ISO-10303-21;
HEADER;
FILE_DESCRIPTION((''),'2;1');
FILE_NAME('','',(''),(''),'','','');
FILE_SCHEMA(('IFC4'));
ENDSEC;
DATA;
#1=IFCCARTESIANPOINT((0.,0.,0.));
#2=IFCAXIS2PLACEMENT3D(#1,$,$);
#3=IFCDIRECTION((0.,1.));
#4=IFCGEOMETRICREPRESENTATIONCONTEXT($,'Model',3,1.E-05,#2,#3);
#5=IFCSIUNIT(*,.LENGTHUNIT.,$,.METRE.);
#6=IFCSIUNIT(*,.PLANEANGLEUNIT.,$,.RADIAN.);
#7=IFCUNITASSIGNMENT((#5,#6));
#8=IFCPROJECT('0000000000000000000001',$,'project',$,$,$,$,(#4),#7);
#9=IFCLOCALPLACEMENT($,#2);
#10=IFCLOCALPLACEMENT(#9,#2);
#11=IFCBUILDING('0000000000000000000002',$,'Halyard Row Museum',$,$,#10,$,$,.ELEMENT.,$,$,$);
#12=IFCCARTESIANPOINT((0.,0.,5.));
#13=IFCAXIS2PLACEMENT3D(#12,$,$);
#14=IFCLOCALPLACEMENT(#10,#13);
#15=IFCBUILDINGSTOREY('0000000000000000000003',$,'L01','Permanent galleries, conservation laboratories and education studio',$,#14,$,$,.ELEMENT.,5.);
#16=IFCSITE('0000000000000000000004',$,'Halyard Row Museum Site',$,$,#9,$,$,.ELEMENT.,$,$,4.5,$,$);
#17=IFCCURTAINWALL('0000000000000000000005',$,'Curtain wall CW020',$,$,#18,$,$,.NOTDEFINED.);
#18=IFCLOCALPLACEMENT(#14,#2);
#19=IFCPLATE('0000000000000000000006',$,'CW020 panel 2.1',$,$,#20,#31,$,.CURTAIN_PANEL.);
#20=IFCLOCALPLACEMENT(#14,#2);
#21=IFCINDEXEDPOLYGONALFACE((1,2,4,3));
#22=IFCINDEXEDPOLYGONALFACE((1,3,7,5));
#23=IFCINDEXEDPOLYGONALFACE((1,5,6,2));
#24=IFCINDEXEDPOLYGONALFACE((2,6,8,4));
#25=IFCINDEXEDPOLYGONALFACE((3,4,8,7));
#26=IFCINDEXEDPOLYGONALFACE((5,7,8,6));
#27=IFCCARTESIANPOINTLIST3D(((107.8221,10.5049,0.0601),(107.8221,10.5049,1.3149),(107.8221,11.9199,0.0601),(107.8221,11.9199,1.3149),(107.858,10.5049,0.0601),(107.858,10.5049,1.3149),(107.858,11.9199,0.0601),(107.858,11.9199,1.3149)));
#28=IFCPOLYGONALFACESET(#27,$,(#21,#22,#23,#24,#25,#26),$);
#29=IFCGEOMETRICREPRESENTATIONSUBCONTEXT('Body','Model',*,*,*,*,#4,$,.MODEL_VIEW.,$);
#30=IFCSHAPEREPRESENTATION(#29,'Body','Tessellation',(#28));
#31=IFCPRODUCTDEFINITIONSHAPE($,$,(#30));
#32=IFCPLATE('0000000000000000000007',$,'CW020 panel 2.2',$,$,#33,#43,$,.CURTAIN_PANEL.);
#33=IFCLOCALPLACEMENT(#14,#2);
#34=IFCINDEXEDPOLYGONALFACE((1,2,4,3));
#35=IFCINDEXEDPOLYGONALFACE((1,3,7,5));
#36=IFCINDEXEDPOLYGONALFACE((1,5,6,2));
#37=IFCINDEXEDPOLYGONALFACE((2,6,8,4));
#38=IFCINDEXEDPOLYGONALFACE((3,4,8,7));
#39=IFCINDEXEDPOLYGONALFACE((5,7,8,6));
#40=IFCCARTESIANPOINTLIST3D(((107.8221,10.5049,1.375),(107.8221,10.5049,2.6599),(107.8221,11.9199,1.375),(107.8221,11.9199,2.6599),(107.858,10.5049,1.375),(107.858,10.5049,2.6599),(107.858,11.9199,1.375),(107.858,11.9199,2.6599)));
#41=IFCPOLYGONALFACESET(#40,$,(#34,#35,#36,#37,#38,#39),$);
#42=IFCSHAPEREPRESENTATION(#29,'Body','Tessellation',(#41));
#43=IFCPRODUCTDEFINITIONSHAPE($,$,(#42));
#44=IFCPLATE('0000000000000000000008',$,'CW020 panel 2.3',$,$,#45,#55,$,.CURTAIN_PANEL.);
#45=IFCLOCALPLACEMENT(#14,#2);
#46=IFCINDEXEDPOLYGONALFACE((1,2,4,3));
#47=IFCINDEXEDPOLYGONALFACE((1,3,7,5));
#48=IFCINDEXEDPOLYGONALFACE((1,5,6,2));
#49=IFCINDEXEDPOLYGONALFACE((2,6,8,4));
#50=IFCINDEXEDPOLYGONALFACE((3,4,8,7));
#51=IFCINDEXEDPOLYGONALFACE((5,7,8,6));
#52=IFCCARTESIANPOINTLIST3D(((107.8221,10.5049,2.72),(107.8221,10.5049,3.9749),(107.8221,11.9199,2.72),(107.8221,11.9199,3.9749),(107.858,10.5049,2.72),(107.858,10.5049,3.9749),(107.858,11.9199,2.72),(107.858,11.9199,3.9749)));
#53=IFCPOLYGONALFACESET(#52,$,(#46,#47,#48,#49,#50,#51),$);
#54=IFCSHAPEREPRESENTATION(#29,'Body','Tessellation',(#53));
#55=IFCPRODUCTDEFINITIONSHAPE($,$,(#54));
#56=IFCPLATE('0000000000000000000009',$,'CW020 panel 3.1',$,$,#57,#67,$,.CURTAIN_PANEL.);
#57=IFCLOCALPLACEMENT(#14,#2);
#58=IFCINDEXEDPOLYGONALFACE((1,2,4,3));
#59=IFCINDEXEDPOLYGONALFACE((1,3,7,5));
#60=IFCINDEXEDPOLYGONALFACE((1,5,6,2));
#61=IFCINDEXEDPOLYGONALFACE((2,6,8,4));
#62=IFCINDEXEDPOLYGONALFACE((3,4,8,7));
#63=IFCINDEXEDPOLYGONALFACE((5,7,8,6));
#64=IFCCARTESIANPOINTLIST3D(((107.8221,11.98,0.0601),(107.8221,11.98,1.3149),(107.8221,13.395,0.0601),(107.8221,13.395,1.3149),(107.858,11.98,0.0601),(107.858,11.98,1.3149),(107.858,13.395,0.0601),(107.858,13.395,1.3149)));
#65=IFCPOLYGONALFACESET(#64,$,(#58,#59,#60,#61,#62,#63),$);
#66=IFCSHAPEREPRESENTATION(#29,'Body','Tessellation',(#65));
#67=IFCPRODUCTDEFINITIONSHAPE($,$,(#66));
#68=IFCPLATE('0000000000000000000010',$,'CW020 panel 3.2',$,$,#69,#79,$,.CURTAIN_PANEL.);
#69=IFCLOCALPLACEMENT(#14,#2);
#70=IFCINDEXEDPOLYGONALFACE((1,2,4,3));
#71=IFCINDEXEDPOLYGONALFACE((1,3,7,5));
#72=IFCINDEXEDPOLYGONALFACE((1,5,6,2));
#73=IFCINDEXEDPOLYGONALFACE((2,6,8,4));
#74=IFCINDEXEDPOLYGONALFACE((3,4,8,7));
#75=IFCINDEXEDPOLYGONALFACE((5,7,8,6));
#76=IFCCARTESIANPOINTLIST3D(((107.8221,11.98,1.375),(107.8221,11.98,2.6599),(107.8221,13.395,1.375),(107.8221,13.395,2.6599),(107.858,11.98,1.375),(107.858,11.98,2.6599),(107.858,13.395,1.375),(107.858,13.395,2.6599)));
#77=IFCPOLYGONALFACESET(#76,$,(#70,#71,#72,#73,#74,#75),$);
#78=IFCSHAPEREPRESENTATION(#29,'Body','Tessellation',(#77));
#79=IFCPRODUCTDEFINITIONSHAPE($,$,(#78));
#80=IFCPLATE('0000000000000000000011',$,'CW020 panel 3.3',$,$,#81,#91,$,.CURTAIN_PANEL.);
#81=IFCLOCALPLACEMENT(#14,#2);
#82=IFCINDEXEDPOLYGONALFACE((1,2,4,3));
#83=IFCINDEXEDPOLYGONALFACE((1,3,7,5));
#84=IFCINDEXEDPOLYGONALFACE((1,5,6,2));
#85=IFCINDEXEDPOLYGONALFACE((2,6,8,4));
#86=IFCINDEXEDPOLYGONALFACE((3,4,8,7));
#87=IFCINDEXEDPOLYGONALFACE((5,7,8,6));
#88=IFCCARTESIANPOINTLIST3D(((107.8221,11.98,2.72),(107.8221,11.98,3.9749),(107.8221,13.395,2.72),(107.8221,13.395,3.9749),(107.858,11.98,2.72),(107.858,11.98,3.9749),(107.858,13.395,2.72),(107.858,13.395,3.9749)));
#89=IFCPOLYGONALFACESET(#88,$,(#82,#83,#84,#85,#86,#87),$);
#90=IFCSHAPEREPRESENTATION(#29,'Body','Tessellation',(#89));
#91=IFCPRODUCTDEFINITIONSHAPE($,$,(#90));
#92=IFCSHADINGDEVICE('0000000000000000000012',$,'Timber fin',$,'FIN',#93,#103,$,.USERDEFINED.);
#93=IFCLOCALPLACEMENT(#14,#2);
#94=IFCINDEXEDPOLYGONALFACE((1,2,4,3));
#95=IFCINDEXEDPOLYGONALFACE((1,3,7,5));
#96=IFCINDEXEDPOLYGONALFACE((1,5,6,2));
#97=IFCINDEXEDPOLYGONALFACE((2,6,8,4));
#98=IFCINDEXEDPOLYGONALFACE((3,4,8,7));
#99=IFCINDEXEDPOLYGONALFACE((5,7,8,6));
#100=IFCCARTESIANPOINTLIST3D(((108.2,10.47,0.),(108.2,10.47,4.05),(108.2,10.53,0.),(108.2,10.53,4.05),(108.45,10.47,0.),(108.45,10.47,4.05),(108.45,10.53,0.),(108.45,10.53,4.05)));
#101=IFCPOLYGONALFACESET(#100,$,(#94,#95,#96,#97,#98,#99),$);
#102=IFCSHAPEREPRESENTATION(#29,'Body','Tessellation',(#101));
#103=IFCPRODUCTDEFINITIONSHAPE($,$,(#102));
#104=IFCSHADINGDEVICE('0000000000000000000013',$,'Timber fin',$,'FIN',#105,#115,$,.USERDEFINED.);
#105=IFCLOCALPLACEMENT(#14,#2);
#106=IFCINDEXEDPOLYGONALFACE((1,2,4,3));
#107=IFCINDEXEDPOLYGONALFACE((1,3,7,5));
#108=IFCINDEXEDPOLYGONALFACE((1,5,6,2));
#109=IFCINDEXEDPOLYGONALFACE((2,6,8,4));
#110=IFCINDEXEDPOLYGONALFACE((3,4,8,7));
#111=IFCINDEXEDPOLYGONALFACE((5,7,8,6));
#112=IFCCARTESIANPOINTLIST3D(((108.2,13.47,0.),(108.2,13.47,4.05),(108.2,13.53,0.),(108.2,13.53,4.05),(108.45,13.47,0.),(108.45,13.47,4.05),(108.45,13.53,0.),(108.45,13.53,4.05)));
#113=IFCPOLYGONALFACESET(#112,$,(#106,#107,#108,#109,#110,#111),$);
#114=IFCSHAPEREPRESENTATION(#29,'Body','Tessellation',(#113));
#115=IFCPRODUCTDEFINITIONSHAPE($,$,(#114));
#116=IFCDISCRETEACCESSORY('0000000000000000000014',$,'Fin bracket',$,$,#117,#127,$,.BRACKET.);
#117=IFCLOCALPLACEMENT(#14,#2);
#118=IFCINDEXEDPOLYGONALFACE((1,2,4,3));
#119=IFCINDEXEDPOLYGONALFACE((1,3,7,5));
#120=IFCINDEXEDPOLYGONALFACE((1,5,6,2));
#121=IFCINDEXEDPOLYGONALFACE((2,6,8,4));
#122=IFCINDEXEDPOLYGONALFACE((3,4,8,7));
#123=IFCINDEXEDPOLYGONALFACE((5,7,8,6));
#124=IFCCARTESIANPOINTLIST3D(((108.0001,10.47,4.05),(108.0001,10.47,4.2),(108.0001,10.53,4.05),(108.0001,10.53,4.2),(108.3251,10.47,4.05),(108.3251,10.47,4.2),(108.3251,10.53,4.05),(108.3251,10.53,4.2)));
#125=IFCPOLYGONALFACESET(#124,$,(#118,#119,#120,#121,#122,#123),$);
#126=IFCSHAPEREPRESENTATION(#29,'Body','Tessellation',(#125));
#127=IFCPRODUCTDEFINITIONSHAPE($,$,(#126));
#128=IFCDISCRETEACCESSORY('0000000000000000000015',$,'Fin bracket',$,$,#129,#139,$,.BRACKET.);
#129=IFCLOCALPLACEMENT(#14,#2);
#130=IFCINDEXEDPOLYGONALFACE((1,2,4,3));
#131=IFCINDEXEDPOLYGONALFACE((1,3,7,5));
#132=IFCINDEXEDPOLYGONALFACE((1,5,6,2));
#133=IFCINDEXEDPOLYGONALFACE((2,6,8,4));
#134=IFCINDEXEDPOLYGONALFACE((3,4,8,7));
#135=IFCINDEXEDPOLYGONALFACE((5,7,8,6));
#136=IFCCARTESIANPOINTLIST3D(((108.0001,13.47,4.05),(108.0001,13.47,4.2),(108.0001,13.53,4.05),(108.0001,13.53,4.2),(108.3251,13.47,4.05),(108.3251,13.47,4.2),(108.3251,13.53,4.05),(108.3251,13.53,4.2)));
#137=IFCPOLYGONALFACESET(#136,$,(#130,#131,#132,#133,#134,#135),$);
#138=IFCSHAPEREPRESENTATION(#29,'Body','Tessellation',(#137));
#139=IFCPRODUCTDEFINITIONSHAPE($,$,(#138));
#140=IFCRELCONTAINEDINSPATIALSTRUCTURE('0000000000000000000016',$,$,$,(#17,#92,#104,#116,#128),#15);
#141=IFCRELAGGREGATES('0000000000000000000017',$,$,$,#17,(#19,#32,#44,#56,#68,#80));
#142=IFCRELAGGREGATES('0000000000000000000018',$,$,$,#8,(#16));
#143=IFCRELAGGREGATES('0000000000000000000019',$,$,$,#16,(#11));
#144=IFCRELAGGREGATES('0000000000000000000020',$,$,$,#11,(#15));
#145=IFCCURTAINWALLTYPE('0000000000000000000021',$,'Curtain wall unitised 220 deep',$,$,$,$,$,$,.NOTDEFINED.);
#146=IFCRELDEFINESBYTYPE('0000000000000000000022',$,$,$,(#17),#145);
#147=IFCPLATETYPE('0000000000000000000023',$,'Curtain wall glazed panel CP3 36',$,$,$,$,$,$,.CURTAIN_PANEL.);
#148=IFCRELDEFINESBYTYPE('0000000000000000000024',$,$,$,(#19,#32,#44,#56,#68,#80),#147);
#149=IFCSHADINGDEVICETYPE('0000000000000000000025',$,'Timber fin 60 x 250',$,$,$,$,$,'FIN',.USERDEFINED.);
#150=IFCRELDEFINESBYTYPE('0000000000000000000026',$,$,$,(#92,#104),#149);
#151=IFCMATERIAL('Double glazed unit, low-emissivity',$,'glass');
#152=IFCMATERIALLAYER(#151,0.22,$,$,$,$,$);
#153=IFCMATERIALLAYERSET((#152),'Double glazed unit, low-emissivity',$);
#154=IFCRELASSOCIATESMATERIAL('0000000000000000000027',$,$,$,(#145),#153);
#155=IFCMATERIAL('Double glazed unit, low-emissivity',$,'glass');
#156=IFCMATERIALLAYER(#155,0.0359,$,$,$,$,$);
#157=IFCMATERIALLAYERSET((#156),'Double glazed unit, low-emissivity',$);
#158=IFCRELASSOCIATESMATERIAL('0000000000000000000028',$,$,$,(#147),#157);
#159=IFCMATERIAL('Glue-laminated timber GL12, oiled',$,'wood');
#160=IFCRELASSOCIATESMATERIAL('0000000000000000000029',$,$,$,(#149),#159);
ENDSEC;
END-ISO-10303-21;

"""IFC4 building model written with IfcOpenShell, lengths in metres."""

from ifc_helpers import new_model, si_unit, direction, frame, origin, origin_2d, place, context, subcontext, project, spatial, rectangle, extrude, material, layer, layer_set, type_object, element, aggregate, save


model = new_model("IFC4")

# Units and contexts
model_context = context("Model", 3, precision=1e-05, world=origin(), true_north=direction((0.0, 1.0)))
body_context = subcontext(model_context, "Body", "Model", "MODEL_VIEW")
ifc_project = project(units=[si_unit("LENGTHUNIT", "METRE"), si_unit("PLANEANGLEUNIT", "RADIAN")], contexts=[model_context])

# Site, building, storey
site_placement = place(None, origin())
site = spatial("IfcSite", under=ifc_project, at=site_placement, Name="Halyard Row Museum Site", CompositionType="ELEMENT", RefElevation=4.5)
building_placement = place(site_placement, origin())
building = spatial("IfcBuilding", under=site, at=building_placement, Name="Halyard Row Museum", CompositionType="ELEMENT")
storey_placement = place(building_placement, frame((0.0, 0.0, 5.0)))
storey = spatial("IfcBuildingStorey", under=building, at=storey_placement, Name="L01", Description="Permanent galleries, conservation laboratories and education studio", CompositionType="ELEMENT", Elevation=5.0)

# Curtain wall, plates
ifc_material_1 = material(Name="Double glazed unit, low-emissivity", Category="glass")
ifc_layer_1 = layer(ifc_material_1, 0.22)
ifc_layer_set_1 = layer_set([ifc_layer_1], Name="Double glazed unit, low-emissivity")
curtain_wall_type = type_object("IfcCurtainWallType", Name="Curtain wall unitised 220 deep", PredefinedType="NOTDEFINED", material=ifc_layer_set_1)
curtain_wall_placement = place(storey_placement, origin())
curtain_wall = element("IfcCurtainWall", 1, at=curtain_wall_placement, inside=storey, type_object=curtain_wall_type, Name="Curtain wall CW020", PredefinedType="NOTDEFINED")
ifc_material_2 = material(Name="Double glazed unit, low-emissivity", Category="glass")
ifc_layer_2 = layer(ifc_material_2, 0.0359)
ifc_layer_set_2 = layer_set([ifc_layer_2], Name="Double glazed unit, low-emissivity")
plate_type = type_object("IfcPlateType", Name="Curtain wall glazed panel CP3 36", PredefinedType="CURTAIN_PANEL", material=ifc_layer_set_2)
plate_1_placement = place(storey_placement, frame((107.8401, 11.2124, 0.0601), z_axis=(0.0, 0.0, 1.0), x_axis=(0.0, 1.0, 0.0)))
plate_1 = element("IfcPlate", 2, at=plate_1_placement, type_object=plate_type, Name="CW020 panel 2.1", PredefinedType="CURTAIN_PANEL", context=body_context, shape_type="SweptSolid", body=[
    extrude(rectangle(XDim=1.415, YDim=0.0359, at=origin_2d()), origin(), (0.0, 0.0, 1.0), 1.2549),
])
plate_2_placement = place(storey_placement, frame((107.8401, 11.2124, 1.375), z_axis=(0.0, 0.0, 1.0), x_axis=(0.0, 1.0, 0.0)))
plate_2 = element("IfcPlate", 3, at=plate_2_placement, type_object=plate_type, Name="CW020 panel 2.2", PredefinedType="CURTAIN_PANEL", context=body_context, shape_type="SweptSolid", body=[
    extrude(rectangle(XDim=1.415, YDim=0.0359, at=origin_2d()), origin(), (0.0, 0.0, 1.0), 1.2849),
])
plate_3_placement = place(storey_placement, frame((107.8401, 11.2124, 2.72), z_axis=(0.0, 0.0, 1.0), x_axis=(0.0, 1.0, 0.0)))
plate_3 = element("IfcPlate", 4, at=plate_3_placement, type_object=plate_type, Name="CW020 panel 2.3", PredefinedType="CURTAIN_PANEL", context=body_context, shape_type="SweptSolid", body=[
    extrude(rectangle(XDim=1.415, YDim=0.0359, at=origin_2d()), origin(), (0.0, 0.0, 1.0), 1.2549),
])
plate_4_placement = place(storey_placement, frame((107.8401, 12.6875, 0.0601), z_axis=(0.0, 0.0, 1.0), x_axis=(0.0, 1.0, 0.0)))
plate_4 = element("IfcPlate", 5, at=plate_4_placement, type_object=plate_type, Name="CW020 panel 3.1", PredefinedType="CURTAIN_PANEL", context=body_context, shape_type="SweptSolid", body=[
    extrude(rectangle(XDim=1.415, YDim=0.0359, at=origin_2d()), origin(), (0.0, 0.0, 1.0), 1.2549),
])
plate_5_placement = place(storey_placement, frame((107.8401, 12.6875, 1.375), z_axis=(0.0, 0.0, 1.0), x_axis=(0.0, 1.0, 0.0)))
plate_5 = element("IfcPlate", 6, at=plate_5_placement, type_object=plate_type, Name="CW020 panel 3.2", PredefinedType="CURTAIN_PANEL", context=body_context, shape_type="SweptSolid", body=[
    extrude(rectangle(XDim=1.415, YDim=0.0359, at=origin_2d()), origin(), (0.0, 0.0, 1.0), 1.2849),
])
plate_6_placement = place(storey_placement, frame((107.8401, 12.6875, 2.72), z_axis=(0.0, 0.0, 1.0), x_axis=(0.0, 1.0, 0.0)))
plate_6 = element("IfcPlate", 7, at=plate_6_placement, type_object=plate_type, Name="CW020 panel 3.3", PredefinedType="CURTAIN_PANEL", context=body_context, shape_type="SweptSolid", body=[
    extrude(rectangle(XDim=1.415, YDim=0.0359, at=origin_2d()), origin(), (0.0, 0.0, 1.0), 1.2549),
])
aggregate(curtain_wall, [plate_1, plate_2, plate_3, plate_4, plate_5, plate_6])

# Shading devices
ifc_material_3 = material(Name="Glue-laminated timber GL12, oiled", Category="wood")
shading_device_type = type_object("IfcShadingDeviceType", Name="Timber fin 60 x 250", ElementType="FIN", PredefinedType="USERDEFINED", material=ifc_material_3)
for number, where, z_axis, x_axis, name in (
    (8, (108.325, 10.5, 0.0), (0.0, 0.0, 1.0), (1.0, 0.0, 0.0), "Timber fin"),
    (9, (108.325, 13.5, 0.0), (0.0, 0.0, 1.0), (1.0, 0.0, 0.0), "Timber fin"),
):
    element("IfcShadingDevice", number, at=place(storey_placement, frame(where, z_axis=z_axis, x_axis=x_axis)), inside=storey, type_object=shading_device_type, Name=name, ObjectType="FIN", PredefinedType="USERDEFINED", context=body_context, shape_type="SweptSolid", body=[
        extrude(rectangle(XDim=0.25, YDim=0.0601, at=origin_2d()), origin(), (0.0, 0.0, 1.0), 4.05),
    ])

# Discrete accessories
for number, where, z_axis, x_axis, name in (
    (10, (108.1626, 10.5, 4.05), (0.0, 0.0, 1.0), (1.0, 0.0, 0.0), "Fin bracket"),
    (11, (108.1626, 13.5, 4.05), (0.0, 0.0, 1.0), (1.0, 0.0, 0.0), "Fin bracket"),
):
    element("IfcDiscreteAccessory", number, at=place(storey_placement, frame(where, z_axis=z_axis, x_axis=x_axis)), inside=storey, Name=name, PredefinedType="BRACKET", context=body_context, shape_type="SweptSolid", body=[
        extrude(rectangle(XDim=0.325, YDim=0.0601, at=origin_2d()), origin(), (0.0, 0.0, 1.0), 0.1499),
    ])

save(model, "model.ifc")
